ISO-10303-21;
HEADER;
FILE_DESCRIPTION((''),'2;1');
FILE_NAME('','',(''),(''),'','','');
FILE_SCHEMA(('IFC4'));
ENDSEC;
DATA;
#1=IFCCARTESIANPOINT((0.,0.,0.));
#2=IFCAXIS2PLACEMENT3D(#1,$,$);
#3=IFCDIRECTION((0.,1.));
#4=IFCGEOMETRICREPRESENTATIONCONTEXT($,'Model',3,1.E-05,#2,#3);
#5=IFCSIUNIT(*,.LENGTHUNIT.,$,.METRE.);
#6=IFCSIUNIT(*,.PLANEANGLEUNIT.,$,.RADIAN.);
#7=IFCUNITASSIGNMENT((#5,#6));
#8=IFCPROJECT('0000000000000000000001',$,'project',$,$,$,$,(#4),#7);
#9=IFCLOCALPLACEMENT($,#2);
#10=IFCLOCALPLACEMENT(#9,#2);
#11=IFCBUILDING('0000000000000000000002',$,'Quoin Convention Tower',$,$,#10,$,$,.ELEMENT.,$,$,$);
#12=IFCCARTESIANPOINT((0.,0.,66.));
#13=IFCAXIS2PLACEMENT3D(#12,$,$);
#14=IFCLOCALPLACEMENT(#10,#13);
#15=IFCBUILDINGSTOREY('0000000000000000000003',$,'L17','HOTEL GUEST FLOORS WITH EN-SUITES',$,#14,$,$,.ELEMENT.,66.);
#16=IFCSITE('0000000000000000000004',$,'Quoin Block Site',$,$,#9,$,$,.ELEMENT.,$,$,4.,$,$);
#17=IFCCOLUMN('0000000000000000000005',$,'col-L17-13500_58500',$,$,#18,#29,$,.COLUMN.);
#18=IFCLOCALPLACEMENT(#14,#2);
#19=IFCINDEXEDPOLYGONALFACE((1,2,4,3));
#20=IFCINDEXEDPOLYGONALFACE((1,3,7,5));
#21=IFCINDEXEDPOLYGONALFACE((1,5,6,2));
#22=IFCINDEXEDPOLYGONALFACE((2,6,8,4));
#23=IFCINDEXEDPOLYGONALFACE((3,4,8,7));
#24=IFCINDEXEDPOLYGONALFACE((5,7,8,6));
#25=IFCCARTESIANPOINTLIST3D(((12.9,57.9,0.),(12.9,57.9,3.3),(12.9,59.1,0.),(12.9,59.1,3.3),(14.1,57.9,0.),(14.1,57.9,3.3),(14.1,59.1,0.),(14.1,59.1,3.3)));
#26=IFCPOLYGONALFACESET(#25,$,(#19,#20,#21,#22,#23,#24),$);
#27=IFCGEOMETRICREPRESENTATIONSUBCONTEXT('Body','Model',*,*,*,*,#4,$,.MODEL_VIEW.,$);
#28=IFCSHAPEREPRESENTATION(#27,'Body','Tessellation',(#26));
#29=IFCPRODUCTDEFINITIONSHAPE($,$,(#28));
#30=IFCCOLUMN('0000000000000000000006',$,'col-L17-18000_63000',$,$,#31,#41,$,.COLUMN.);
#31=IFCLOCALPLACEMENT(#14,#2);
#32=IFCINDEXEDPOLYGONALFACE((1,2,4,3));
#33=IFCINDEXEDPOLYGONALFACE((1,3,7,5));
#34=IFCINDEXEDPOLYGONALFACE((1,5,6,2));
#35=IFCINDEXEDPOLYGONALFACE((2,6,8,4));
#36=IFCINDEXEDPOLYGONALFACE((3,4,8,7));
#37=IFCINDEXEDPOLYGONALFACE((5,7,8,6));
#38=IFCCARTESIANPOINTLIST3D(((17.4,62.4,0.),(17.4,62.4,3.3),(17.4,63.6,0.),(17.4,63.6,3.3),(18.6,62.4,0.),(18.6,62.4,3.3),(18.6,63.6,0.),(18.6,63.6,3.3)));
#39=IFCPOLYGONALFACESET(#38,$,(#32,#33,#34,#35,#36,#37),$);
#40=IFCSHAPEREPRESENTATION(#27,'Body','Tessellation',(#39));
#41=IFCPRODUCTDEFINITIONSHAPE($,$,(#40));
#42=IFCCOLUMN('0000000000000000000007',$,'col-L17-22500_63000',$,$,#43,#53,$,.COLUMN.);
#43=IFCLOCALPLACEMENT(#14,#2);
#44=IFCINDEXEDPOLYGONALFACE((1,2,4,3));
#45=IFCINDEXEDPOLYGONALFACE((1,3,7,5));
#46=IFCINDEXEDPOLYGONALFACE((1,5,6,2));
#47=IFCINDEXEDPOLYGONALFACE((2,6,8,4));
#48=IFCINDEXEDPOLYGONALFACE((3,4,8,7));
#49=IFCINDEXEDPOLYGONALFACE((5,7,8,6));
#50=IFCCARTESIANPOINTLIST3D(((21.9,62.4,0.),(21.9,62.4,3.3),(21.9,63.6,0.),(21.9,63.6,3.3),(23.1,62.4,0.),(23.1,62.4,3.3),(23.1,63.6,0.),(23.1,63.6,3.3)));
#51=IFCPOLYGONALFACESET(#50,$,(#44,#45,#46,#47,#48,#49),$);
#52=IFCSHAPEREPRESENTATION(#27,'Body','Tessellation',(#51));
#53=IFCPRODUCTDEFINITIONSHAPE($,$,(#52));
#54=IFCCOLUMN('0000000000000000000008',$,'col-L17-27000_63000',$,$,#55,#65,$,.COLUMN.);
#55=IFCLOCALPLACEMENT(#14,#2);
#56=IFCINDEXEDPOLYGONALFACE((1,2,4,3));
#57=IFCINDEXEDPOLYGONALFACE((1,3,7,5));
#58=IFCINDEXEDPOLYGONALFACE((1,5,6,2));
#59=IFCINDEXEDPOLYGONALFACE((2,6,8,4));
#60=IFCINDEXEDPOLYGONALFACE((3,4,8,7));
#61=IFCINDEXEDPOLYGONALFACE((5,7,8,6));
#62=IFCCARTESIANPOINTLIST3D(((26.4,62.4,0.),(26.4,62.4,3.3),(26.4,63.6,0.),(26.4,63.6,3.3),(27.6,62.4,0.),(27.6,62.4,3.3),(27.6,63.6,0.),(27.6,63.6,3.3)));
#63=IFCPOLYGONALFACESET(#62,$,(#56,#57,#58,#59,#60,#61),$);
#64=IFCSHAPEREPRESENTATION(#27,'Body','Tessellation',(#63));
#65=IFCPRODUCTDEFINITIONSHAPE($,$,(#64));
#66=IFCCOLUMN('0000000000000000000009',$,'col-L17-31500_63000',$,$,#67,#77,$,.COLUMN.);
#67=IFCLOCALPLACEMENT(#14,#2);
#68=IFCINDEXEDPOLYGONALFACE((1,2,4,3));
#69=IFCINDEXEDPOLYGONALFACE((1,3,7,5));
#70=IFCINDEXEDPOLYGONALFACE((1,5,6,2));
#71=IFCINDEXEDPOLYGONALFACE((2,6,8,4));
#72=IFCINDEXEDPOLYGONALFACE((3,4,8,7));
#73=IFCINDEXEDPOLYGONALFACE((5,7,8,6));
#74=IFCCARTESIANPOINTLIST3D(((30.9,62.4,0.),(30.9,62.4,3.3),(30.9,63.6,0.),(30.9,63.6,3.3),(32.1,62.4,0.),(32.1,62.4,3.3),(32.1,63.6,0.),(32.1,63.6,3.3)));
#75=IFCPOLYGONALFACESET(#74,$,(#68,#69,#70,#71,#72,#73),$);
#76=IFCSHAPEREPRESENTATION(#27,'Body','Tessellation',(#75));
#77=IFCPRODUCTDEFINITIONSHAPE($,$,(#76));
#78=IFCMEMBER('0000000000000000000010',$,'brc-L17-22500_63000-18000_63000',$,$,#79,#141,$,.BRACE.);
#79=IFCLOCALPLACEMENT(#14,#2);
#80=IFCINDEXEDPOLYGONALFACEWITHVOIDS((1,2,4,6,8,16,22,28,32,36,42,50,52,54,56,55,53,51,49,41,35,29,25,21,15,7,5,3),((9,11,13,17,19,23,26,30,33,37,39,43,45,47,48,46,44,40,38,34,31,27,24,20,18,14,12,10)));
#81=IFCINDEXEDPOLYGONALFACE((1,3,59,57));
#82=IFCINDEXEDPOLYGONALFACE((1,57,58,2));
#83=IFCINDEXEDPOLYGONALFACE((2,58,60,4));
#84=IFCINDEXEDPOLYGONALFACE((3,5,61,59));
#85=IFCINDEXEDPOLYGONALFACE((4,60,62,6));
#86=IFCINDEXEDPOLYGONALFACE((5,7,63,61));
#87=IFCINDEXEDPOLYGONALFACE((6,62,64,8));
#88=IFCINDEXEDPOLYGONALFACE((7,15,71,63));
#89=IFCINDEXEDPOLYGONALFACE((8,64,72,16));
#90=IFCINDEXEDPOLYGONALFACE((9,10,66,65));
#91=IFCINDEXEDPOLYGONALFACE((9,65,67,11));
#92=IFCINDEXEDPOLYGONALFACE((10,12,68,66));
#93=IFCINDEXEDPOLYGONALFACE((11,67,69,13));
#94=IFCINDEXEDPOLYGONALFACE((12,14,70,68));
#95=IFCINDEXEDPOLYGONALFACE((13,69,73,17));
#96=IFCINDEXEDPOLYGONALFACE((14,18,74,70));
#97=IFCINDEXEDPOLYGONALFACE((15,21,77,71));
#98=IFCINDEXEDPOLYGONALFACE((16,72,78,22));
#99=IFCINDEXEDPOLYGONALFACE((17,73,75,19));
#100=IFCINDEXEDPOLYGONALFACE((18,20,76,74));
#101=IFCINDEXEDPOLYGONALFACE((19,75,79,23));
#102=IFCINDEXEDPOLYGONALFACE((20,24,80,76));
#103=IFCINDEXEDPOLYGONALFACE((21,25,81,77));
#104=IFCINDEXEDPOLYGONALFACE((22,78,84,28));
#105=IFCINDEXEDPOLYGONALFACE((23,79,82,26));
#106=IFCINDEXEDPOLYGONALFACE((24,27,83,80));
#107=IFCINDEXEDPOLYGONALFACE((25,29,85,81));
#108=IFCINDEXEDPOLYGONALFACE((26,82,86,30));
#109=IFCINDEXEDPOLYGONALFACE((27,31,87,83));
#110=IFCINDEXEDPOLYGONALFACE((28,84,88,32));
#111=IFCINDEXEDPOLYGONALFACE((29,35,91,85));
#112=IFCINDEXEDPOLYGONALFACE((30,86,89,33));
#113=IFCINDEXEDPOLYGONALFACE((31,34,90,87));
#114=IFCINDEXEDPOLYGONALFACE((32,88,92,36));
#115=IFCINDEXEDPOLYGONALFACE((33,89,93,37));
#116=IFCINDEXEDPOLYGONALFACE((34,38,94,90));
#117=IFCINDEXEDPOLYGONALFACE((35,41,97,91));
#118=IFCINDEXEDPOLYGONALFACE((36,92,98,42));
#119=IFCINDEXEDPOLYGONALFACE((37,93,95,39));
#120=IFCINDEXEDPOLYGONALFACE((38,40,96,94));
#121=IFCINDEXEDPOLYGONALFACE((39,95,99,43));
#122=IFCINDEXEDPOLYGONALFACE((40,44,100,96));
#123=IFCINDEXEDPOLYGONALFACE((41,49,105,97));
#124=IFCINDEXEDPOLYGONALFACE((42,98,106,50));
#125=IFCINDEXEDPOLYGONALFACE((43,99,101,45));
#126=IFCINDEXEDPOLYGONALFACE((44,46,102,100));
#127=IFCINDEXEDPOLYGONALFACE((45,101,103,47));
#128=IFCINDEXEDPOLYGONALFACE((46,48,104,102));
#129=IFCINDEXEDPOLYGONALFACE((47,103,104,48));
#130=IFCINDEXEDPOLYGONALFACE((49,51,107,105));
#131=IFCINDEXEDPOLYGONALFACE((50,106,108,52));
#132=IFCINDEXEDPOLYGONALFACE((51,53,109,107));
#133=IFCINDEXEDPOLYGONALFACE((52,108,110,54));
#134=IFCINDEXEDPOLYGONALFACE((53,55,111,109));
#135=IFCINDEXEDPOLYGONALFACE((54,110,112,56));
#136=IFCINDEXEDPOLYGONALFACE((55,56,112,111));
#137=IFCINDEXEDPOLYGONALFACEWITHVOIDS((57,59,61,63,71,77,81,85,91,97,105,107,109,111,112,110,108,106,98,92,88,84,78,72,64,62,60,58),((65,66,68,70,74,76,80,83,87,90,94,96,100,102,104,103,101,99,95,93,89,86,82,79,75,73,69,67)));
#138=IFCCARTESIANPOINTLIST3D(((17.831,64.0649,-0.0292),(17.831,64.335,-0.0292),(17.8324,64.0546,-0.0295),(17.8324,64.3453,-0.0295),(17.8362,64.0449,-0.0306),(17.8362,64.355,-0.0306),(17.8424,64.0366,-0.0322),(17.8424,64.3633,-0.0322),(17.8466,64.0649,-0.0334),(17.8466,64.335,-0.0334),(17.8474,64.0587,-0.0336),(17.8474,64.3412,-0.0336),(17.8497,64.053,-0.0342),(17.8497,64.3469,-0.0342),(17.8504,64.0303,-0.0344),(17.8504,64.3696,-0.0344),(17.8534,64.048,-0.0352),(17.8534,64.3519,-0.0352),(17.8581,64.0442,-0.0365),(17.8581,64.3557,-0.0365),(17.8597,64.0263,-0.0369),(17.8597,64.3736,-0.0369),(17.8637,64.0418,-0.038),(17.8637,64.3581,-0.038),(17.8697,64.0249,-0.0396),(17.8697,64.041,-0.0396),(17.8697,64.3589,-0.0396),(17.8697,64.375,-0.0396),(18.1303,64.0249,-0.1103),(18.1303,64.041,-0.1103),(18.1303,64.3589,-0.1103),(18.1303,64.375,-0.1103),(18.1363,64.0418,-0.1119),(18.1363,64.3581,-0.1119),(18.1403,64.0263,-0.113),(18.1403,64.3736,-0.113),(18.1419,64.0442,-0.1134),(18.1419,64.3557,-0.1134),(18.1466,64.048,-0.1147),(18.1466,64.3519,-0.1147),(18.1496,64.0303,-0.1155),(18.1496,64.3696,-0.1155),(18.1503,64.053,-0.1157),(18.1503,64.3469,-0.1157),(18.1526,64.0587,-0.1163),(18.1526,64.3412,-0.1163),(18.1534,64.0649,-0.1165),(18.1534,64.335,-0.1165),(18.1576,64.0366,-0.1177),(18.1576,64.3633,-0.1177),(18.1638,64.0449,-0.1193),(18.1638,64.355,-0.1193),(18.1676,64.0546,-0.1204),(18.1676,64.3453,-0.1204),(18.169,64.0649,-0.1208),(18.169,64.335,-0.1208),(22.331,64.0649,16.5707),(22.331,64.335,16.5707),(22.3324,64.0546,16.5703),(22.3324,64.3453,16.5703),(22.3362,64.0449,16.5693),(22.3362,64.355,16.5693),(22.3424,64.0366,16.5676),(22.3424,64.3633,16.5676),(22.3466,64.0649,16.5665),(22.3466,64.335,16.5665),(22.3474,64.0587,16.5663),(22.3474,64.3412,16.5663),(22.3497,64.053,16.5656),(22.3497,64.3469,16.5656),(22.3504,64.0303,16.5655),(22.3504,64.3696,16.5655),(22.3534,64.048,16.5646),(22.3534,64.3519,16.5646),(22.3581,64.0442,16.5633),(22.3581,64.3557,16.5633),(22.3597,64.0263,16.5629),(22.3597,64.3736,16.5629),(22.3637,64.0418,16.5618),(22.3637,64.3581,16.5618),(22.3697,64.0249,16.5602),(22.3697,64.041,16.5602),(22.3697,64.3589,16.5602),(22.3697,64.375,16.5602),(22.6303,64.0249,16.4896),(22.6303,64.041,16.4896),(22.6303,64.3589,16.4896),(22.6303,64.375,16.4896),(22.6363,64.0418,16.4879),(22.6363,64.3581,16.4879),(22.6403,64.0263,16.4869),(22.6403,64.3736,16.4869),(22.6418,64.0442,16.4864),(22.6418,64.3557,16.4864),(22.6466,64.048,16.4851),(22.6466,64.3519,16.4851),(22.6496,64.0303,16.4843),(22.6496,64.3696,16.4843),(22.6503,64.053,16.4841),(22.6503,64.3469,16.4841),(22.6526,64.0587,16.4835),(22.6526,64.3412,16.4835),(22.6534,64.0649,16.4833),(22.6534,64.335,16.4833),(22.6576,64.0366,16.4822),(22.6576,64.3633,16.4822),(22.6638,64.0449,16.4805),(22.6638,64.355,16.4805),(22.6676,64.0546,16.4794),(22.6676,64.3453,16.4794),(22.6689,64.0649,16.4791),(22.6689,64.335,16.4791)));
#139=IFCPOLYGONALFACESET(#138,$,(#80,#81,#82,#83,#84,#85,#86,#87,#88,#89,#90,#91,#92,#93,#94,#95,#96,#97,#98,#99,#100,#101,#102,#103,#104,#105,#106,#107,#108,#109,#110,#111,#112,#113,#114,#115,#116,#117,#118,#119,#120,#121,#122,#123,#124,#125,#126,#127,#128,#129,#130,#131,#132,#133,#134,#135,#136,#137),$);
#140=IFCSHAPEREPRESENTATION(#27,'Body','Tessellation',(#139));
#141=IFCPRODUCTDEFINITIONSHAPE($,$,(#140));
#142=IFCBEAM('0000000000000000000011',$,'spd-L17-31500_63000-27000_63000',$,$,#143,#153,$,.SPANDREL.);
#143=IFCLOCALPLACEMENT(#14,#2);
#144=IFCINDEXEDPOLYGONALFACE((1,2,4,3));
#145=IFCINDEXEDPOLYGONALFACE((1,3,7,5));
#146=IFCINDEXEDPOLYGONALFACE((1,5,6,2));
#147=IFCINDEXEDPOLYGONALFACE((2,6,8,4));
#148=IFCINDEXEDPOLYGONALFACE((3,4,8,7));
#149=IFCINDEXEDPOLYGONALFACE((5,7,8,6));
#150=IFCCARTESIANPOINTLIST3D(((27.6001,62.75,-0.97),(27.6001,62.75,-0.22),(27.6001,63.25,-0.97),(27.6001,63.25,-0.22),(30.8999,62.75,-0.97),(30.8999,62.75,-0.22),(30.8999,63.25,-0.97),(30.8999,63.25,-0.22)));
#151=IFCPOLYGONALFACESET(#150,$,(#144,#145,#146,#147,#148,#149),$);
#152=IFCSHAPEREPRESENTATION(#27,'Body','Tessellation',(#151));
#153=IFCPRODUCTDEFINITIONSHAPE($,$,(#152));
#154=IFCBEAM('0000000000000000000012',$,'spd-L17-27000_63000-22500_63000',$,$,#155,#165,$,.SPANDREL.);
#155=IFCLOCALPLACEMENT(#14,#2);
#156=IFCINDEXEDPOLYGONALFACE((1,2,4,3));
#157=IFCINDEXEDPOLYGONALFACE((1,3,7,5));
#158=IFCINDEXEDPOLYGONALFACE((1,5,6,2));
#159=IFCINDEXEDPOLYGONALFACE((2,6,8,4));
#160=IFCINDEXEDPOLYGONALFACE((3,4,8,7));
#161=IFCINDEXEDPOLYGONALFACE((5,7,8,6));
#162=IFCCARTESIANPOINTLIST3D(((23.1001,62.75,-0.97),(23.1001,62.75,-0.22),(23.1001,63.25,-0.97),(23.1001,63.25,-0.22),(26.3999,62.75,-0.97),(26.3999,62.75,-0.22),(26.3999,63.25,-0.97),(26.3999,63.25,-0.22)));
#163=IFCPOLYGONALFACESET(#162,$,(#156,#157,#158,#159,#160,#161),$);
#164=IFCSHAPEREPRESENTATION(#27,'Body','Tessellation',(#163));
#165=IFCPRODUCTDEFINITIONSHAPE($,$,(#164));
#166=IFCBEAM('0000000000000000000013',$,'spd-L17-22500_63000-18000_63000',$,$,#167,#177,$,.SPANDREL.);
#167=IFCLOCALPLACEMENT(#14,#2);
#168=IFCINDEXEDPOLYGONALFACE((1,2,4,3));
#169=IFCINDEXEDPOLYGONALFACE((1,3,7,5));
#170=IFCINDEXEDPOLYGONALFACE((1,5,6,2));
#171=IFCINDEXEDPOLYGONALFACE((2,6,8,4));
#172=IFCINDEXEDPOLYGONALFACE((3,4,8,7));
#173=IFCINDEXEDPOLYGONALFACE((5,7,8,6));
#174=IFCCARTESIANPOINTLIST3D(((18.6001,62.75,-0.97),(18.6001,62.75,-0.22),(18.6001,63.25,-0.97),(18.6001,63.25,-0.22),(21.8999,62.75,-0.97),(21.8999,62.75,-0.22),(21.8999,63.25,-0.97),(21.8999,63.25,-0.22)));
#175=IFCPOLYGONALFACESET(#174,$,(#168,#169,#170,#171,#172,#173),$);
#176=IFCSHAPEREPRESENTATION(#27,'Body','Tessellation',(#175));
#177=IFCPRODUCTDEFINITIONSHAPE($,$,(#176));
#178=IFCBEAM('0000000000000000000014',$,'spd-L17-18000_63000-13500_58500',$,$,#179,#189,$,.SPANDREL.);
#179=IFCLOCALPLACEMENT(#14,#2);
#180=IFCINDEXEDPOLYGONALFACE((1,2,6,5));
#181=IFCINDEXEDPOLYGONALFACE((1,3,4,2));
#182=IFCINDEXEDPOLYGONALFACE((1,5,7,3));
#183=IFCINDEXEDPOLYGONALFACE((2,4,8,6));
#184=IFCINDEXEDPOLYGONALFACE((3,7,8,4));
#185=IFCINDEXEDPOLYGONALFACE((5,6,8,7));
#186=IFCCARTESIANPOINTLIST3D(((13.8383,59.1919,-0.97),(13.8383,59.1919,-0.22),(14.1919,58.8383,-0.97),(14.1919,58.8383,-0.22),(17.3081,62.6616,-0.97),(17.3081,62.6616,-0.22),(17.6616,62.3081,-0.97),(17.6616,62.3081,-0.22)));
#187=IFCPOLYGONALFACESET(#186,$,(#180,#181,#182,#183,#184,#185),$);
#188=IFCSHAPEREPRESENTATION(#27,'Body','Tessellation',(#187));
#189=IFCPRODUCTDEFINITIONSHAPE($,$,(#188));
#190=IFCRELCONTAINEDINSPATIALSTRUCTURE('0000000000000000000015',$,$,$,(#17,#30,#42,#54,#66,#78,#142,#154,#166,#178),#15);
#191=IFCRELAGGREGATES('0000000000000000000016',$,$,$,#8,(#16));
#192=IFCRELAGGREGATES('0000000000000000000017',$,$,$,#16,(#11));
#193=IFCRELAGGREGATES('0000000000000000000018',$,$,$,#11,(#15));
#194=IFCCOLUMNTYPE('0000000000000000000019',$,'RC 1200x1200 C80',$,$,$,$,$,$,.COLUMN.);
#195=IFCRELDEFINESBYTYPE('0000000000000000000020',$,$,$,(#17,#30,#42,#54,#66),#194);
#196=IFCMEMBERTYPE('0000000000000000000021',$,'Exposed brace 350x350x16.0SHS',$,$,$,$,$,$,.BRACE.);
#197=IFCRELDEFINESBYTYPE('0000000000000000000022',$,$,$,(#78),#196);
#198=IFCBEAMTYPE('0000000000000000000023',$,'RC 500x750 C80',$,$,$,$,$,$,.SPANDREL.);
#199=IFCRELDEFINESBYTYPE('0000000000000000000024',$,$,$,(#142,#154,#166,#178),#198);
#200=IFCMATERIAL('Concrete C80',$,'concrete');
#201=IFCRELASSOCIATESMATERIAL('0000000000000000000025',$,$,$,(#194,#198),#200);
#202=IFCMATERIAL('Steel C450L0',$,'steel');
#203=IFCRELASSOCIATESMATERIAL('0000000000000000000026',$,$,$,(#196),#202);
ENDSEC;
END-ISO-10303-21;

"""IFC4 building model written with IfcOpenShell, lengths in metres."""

from ifc_helpers import new_model, si_unit, direction, frame, origin, origin_2d, place, context, subcontext, project, spatial, rectangle, hollow_rectangle, extrude, material, material_profile, profile_set, type_object, element, save


model = new_model("IFC4")

# Units and contexts
model_context = context("Model", 3, precision=1e-05, world=origin(), true_north=direction((0.0, 1.0)))
body_context = subcontext(model_context, "Body", "Model", "MODEL_VIEW")
ifc_project = project(units=[si_unit("LENGTHUNIT", "METRE"), si_unit("PLANEANGLEUNIT", "RADIAN")], contexts=[model_context])

# Site, building, storey
site_placement = place(None, origin())
site = spatial("IfcSite", under=ifc_project, at=site_placement, Name="Quoin Block Site", CompositionType="ELEMENT", RefElevation=4.0)
building_placement = place(site_placement, origin())
building = spatial("IfcBuilding", under=site, at=building_placement, Name="Quoin Convention Tower", CompositionType="ELEMENT")
storey_placement = place(building_placement, frame((0.0, 0.0, 66.0)))
storey = spatial("IfcBuildingStorey", under=building, at=storey_placement, Name="L17", Description="HOTEL GUEST FLOORS WITH EN-SUITES", CompositionType="ELEMENT", Elevation=66.0)

# Columns
ifc_material_1 = material(Name="Concrete C80", Category="concrete")
ifc_material_profile_1 = material_profile(ifc_material_1, rectangle(XDim=1.2, YDim=1.2, at=origin_2d()), Name="RC 1200x1200")
ifc_profile_set_1 = profile_set([ifc_material_profile_1], Name="Concrete C80")
column_type = type_object("IfcColumnType", Name="RC 1200x1200 C80", PredefinedType="COLUMN", material=ifc_profile_set_1)
for number, where, z_axis, x_axis, name in (
    (1, (13.5, 58.5, 0.0), (0.0, 0.0, 1.0), (1.0, 0.0, 0.0), "col-L17-13500_58500"),
    (2, (18.0, 63.0, 0.0), (0.0, 0.0, 1.0), (1.0, 0.0, 0.0), "col-L17-18000_63000"),
    (3, (22.5, 63.0, 0.0), (0.0, 0.0, 1.0), (1.0, 0.0, 0.0), "col-L17-22500_63000"),
    (4, (27.0, 63.0, 0.0), (0.0, 0.0, 1.0), (1.0, 0.0, 0.0), "col-L17-27000_63000"),
    (5, (31.5, 63.0, 0.0), (0.0, 0.0, 1.0), (1.0, 0.0, 0.0), "col-L17-31500_63000"),
):
    element("IfcColumn", number, at=place(storey_placement, frame(where, z_axis=z_axis, x_axis=x_axis)), inside=storey, type_object=column_type, Name=name, PredefinedType="COLUMN", context=body_context, shape_type="SweptSolid", body=[
        extrude(rectangle(XDim=1.2, YDim=1.2, at=origin_2d()), origin(), (0.0, 0.0, 1.0), 3.3),
    ])

# Member
ifc_material_2 = material(Name="Steel C450L0", Category="steel")
ifc_material_profile_2 = material_profile(ifc_material_2, hollow_rectangle(XDim=0.3501, YDim=0.3501, WallThickness=0.0161, InnerFilletRadius=0.0239, OuterFilletRadius=0.04, at=origin_2d()), Name="350x350x16.0SHS")
ifc_profile_set_2 = profile_set([ifc_material_profile_2], Name="Steel C450L0")
member_type = type_object("IfcMemberType", Name="Exposed brace 350x350x16.0SHS", PredefinedType="BRACE", material=ifc_profile_set_2)
member_placement = place(storey_placement, frame((18.0, 64.2, -0.075), z_axis=(0.261643, 0.0, 0.965165), x_axis=(0.0, 1.0, 0.0)))
element("IfcMember", 6, at=member_placement, inside=storey, type_object=member_type, Name="brc-L17-22500_63000-18000_63000", PredefinedType="BRACE", context=body_context, shape_type="SweptSolid", body=[
    extrude(hollow_rectangle(XDim=0.3501, YDim=0.3501, WallThickness=0.0161, InnerFilletRadius=0.0239, OuterFilletRadius=0.04, at=origin_2d()), origin(), (0.0, 0.0, 1.0), 17.199),
])

# Beams
ifc_material_profile_3 = material_profile(ifc_material_1, rectangle(XDim=0.5, YDim=0.75, at=origin_2d()), Name="RC 500x750")
ifc_profile_set_3 = profile_set([ifc_material_profile_3], Name="Concrete C80")
beam_type = type_object("IfcBeamType", Name="RC 500x750 C80", PredefinedType="SPANDREL", material=ifc_profile_set_3)
for number, where, z_axis, x_axis, name in (
    (7, (30.8999, 63.0, -0.595), (-1.0, 0.0, 0.0), (0.0, -1.0, 0.0), "spd-L17-31500_63000-27000_63000"),
    (8, (26.3999, 63.0, -0.595), (-1.0, 0.0, 0.0), (0.0, -1.0, 0.0), "spd-L17-27000_63000-22500_63000"),
    (9, (21.8999, 63.0, -0.595), (-1.0, 0.0, 0.0), (0.0, -1.0, 0.0), "spd-L17-22500_63000-18000_63000"),
):
    element("IfcBeam", number, at=place(storey_placement, frame(where, z_axis=z_axis, x_axis=x_axis)), inside=storey, type_object=beam_type, Name=name, PredefinedType="SPANDREL", context=body_context, shape_type="SweptSolid", body=[
        extrude(rectangle(XDim=0.5, YDim=0.75, at=origin_2d()), origin(), (0.0, 0.0, 1.0), 3.2998),
    ])
beam_placement = place(storey_placement, frame((17.4849, 62.4849, -0.595), z_axis=(-0.707107, -0.707107, 0.0), x_axis=(0.707107, -0.707107, 0.0)))
element("IfcBeam", 10, at=beam_placement, inside=storey, type_object=beam_type, Name="spd-L17-18000_63000-13500_58500", PredefinedType="SPANDREL", context=body_context, shape_type="SweptSolid", body=[
    extrude(rectangle(XDim=0.5, YDim=0.75, at=origin_2d()), origin(), (0.0, 0.0, 1.0), 4.907),
])

save(model, "model.ifc")
